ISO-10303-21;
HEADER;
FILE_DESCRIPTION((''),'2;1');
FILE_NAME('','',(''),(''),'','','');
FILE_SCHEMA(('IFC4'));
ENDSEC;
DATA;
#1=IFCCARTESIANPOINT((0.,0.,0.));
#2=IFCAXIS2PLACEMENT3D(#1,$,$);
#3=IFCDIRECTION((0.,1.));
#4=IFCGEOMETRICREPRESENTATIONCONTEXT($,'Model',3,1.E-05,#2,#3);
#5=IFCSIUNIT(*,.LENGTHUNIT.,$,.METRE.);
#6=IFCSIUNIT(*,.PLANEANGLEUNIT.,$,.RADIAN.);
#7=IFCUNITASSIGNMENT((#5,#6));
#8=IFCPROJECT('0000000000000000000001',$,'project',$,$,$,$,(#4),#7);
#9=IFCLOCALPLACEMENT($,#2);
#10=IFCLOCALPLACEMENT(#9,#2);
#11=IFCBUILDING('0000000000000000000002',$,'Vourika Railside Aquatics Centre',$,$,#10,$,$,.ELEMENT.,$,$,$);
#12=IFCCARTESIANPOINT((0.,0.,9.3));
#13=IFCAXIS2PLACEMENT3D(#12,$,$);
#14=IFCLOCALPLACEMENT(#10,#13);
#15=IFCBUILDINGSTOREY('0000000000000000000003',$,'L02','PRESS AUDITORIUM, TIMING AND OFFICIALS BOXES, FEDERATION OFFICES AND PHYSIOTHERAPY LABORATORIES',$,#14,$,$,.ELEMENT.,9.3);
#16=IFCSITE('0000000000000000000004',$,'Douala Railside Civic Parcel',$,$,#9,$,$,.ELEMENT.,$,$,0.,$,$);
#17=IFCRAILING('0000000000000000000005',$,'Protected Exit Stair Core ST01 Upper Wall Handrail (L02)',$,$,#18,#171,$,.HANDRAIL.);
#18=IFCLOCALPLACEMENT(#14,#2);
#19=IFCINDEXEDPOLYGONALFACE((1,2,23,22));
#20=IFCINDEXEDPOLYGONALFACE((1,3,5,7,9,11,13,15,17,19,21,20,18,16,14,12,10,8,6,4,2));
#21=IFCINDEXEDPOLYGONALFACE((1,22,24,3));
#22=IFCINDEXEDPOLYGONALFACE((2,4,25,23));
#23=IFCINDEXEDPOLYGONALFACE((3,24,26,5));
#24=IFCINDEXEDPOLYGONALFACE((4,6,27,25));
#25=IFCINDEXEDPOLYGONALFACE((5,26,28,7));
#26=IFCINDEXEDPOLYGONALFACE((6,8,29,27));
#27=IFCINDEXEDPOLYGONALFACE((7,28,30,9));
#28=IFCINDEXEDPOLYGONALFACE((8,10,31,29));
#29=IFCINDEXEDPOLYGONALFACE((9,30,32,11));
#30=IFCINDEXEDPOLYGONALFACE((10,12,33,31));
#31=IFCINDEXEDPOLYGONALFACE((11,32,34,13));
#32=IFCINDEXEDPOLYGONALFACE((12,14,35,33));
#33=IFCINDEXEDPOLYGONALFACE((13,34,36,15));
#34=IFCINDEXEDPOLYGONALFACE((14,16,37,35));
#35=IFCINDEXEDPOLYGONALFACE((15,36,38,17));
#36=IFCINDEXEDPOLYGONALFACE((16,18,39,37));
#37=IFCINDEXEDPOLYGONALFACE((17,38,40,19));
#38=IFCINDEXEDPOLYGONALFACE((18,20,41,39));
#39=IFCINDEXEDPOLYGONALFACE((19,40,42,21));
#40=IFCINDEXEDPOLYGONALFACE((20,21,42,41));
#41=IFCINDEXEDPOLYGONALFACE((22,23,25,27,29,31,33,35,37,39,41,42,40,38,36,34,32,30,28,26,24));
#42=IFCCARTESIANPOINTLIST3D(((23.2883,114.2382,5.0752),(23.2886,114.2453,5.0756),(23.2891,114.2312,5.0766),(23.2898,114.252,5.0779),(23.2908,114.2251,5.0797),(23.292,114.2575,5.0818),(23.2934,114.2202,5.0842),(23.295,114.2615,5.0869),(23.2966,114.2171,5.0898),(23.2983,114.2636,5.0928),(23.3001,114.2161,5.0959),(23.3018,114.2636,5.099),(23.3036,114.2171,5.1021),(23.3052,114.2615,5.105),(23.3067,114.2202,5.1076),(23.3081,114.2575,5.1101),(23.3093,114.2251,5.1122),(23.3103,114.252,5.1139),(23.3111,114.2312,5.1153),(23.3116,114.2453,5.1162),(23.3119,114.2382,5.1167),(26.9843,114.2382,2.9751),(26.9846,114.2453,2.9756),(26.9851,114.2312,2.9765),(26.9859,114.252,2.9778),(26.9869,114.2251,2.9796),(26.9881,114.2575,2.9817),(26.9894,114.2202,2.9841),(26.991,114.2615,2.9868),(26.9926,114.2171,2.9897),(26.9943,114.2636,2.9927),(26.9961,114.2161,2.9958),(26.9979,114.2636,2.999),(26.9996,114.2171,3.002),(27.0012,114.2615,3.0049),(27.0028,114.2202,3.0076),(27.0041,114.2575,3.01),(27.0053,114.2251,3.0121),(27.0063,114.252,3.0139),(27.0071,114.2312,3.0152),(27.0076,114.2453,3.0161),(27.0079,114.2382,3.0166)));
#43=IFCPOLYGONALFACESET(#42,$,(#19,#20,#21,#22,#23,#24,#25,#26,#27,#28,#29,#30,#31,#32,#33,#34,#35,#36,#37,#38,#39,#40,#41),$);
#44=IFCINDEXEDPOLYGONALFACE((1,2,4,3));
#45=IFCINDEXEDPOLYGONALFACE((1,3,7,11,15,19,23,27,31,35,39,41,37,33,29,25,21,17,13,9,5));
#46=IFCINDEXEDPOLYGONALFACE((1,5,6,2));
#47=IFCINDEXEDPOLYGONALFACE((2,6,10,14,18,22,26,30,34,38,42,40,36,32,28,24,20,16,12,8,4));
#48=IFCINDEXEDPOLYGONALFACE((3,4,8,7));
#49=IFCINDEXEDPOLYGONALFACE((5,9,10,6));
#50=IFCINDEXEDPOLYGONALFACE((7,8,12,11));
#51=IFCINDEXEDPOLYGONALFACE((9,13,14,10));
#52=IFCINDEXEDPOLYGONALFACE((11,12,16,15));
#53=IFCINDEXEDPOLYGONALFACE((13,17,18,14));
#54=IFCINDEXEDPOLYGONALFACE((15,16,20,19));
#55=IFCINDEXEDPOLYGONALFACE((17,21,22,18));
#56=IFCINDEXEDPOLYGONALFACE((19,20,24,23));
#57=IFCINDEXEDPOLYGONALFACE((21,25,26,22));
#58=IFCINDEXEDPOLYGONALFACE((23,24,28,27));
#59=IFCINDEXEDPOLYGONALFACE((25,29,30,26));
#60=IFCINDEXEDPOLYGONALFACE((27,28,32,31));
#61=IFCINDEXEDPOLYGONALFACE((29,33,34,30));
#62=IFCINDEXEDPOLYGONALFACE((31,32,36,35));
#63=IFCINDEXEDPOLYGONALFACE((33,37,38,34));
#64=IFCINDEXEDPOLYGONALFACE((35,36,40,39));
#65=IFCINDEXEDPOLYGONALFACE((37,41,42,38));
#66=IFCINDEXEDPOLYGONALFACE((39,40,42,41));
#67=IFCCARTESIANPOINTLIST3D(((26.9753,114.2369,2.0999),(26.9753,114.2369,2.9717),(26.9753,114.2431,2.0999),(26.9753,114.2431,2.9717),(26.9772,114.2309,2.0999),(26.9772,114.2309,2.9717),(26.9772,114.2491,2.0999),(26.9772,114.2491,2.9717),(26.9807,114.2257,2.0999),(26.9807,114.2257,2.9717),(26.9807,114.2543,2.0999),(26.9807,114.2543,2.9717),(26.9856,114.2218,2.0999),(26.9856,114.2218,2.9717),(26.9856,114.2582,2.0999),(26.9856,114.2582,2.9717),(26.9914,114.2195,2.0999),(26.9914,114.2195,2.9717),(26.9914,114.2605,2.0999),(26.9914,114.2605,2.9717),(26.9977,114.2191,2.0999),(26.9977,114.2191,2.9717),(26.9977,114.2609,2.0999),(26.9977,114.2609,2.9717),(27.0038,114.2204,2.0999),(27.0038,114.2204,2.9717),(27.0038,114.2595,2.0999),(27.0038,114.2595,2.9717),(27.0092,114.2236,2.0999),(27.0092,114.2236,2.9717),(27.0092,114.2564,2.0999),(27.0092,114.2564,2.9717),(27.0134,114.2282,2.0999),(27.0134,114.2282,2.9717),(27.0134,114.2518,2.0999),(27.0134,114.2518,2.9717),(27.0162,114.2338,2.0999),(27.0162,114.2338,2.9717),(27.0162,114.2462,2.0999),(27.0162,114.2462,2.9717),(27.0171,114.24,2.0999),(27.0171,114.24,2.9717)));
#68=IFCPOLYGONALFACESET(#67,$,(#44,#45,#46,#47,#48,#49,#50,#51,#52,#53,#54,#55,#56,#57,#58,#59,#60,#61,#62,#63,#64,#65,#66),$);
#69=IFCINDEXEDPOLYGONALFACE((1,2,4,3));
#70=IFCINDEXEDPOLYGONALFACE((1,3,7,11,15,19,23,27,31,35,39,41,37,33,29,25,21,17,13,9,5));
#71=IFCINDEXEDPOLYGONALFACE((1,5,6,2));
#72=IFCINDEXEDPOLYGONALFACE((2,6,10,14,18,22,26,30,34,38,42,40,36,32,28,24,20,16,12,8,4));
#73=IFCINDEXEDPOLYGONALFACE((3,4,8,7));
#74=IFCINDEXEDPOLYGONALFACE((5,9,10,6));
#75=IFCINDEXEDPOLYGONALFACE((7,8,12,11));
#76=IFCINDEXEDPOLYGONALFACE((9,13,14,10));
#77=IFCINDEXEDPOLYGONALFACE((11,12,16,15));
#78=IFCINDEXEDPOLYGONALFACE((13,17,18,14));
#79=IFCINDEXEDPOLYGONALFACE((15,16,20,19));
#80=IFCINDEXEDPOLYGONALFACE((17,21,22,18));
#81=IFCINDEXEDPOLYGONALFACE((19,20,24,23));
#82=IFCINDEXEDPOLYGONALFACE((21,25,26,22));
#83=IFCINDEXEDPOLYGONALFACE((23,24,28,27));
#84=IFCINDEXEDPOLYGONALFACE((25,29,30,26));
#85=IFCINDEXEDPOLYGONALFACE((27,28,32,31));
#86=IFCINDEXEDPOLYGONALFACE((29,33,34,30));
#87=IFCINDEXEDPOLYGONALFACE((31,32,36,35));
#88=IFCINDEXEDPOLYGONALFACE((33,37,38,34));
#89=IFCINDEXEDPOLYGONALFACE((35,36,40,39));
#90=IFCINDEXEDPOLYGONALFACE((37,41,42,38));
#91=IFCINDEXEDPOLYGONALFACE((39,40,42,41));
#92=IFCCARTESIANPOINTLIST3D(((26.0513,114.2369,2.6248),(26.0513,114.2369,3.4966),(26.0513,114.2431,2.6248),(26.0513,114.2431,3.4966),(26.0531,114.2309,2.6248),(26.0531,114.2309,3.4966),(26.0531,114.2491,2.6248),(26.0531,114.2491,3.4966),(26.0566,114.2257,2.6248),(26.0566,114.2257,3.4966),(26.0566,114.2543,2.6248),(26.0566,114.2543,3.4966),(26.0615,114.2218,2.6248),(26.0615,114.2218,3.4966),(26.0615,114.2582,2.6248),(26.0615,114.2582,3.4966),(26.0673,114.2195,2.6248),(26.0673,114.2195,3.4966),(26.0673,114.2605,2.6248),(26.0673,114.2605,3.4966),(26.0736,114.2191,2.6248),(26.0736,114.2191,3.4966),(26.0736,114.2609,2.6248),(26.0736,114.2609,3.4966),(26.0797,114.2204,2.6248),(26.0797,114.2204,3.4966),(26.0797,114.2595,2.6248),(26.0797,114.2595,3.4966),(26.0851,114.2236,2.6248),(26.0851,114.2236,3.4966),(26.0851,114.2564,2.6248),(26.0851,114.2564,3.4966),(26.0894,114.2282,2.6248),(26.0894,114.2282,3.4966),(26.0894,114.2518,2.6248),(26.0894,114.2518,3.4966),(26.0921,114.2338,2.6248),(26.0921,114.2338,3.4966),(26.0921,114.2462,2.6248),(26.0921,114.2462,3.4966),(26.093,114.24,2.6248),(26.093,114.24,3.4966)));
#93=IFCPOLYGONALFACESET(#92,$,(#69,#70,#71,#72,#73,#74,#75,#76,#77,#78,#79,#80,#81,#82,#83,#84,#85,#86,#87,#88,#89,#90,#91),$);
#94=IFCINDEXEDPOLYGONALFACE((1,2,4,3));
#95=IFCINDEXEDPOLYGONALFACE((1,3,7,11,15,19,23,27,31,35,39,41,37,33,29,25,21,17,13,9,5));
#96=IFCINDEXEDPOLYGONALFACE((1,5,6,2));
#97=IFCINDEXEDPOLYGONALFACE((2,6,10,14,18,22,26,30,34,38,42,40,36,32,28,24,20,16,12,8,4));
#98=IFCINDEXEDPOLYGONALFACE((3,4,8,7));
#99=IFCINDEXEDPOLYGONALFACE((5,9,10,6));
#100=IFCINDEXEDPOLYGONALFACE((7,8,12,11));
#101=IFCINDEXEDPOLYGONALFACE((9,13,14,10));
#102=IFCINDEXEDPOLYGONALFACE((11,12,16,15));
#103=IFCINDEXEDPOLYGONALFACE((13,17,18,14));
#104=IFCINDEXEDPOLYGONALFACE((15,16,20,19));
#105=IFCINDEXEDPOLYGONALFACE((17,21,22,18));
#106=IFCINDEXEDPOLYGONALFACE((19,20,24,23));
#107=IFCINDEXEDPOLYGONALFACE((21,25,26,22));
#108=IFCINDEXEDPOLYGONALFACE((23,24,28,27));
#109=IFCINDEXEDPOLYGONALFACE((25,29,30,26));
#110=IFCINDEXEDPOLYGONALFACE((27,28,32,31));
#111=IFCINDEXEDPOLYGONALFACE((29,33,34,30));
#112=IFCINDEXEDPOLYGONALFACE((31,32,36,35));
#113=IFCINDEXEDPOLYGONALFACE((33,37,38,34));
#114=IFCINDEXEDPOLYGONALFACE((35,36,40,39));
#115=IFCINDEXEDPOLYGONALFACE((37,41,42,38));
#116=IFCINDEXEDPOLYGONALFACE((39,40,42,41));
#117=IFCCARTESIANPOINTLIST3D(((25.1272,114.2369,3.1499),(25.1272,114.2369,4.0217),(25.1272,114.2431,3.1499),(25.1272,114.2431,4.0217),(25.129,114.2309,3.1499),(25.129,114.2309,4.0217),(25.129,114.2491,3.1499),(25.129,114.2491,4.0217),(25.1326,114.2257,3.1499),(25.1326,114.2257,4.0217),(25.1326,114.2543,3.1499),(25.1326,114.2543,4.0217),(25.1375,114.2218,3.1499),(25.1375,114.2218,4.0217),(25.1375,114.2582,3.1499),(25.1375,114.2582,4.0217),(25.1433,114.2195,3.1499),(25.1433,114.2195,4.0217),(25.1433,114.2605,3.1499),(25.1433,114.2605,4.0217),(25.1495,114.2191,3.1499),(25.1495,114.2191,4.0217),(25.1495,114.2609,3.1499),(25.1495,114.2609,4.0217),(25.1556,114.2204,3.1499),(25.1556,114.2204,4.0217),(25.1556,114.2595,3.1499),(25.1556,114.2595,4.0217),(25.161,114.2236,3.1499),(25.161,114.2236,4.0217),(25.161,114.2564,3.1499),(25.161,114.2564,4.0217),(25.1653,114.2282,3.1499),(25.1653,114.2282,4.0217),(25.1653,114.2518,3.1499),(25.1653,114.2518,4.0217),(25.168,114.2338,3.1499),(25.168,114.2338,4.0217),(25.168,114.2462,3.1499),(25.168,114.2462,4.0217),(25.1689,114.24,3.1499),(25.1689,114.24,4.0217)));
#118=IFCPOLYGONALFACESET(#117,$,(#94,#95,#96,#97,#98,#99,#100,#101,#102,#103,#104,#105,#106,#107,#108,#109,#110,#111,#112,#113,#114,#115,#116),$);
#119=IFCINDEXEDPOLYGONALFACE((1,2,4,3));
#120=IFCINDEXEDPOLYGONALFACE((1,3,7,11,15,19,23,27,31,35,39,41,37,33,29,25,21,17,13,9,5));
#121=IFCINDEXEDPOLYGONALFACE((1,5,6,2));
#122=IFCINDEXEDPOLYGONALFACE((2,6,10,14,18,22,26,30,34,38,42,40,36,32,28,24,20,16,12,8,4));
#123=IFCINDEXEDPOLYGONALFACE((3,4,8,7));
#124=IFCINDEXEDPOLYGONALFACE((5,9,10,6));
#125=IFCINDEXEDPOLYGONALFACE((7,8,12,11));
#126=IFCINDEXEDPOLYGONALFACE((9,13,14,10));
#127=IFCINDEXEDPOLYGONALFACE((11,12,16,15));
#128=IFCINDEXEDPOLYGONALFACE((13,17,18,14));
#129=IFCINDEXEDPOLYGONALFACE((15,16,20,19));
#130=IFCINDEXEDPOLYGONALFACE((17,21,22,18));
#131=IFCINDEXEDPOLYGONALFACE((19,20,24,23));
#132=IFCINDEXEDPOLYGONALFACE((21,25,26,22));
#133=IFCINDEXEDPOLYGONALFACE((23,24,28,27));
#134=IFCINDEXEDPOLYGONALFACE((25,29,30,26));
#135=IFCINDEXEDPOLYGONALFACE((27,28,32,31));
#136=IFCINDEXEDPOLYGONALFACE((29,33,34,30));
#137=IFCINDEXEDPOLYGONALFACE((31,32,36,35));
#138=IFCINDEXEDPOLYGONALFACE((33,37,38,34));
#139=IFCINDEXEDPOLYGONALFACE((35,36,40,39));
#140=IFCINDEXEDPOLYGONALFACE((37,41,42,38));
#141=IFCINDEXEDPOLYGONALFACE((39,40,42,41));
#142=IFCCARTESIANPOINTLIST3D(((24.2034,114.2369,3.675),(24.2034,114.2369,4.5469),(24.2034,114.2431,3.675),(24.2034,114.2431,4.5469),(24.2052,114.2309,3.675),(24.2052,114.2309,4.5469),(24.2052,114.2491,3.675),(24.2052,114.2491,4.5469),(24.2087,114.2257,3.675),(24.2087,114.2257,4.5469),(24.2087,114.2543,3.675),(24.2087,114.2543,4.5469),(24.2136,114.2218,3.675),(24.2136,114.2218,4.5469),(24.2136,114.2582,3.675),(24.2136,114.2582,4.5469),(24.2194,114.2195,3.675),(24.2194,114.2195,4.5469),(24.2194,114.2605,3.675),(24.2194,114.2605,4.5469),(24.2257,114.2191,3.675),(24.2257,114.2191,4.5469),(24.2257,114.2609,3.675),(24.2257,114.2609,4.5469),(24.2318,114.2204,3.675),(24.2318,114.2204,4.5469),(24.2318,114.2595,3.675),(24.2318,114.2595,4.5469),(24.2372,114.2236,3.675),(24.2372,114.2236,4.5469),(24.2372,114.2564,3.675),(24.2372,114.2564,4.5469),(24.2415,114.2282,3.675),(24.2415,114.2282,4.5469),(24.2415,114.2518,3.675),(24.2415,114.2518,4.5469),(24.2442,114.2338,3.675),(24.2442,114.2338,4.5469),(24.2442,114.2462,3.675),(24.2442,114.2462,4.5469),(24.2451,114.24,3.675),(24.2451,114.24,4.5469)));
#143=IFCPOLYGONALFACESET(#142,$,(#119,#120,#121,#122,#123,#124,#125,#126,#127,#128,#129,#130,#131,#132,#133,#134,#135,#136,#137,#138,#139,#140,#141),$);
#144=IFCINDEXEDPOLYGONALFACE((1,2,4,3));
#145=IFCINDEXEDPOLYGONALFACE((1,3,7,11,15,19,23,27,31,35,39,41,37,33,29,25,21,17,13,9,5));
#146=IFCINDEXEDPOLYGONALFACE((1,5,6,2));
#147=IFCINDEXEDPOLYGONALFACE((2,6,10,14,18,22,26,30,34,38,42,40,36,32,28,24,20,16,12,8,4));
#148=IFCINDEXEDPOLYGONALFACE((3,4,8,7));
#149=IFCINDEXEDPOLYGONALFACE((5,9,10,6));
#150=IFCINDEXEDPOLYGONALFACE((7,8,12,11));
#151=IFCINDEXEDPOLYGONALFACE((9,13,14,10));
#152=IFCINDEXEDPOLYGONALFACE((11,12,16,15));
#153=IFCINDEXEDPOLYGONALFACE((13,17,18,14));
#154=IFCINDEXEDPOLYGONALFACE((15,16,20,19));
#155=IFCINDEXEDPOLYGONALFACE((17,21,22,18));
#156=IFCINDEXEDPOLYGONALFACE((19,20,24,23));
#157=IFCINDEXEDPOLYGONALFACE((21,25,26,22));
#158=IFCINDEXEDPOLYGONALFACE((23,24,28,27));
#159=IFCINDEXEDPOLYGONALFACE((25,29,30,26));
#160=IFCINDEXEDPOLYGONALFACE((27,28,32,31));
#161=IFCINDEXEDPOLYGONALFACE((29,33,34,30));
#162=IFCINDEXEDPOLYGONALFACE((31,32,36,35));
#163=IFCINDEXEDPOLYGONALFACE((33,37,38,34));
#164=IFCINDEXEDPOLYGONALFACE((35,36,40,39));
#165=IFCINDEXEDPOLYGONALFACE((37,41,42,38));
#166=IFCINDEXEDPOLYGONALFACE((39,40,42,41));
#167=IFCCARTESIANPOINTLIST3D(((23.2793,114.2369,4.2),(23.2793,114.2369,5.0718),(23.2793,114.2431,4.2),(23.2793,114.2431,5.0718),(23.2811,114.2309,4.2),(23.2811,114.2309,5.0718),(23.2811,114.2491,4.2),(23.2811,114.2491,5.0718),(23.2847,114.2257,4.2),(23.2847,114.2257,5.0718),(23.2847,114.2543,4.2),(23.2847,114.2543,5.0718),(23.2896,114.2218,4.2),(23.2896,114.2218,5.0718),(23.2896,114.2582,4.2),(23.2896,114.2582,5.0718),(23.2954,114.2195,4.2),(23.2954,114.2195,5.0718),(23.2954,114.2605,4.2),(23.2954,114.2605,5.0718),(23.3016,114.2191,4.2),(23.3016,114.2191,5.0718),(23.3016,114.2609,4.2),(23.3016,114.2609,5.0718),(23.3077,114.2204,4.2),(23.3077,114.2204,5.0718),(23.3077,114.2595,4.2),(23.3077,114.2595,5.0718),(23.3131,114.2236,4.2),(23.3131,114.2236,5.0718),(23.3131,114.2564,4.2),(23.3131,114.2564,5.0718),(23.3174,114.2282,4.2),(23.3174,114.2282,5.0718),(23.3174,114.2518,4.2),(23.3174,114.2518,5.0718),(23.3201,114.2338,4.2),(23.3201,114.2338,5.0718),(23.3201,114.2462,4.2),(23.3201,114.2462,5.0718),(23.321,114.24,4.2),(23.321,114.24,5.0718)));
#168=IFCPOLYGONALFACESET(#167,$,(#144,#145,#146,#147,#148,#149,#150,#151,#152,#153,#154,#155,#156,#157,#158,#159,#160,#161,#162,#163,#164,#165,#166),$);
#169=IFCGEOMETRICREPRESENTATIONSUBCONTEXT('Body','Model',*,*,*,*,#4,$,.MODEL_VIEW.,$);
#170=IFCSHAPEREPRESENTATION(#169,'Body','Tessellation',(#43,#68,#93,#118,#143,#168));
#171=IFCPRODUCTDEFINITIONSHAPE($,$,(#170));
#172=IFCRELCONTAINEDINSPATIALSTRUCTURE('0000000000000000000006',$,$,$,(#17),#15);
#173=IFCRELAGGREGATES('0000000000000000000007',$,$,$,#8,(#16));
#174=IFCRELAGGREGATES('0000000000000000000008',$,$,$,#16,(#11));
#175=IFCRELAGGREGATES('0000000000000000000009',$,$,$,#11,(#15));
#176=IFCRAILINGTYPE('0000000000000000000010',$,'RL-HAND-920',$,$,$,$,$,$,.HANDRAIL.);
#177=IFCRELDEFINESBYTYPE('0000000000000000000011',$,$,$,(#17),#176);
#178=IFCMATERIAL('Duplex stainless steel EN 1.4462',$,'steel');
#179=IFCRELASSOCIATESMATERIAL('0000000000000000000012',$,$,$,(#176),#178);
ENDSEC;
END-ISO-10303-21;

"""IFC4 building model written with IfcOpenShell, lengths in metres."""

from ifc_helpers import new_model, si_unit, direction, frame, origin, origin_2d, place, context, subcontext, project, spatial, circle, extrude, material, type_object, element, save


model = new_model("IFC4")

# Units and contexts
model_context = context("Model", 3, precision=1e-05, world=origin(), true_north=direction((0.0, 1.0)))
body_context = subcontext(model_context, "Body", "Model", "MODEL_VIEW")
ifc_project = project(units=[si_unit("LENGTHUNIT", "METRE"), si_unit("PLANEANGLEUNIT", "RADIAN")], contexts=[model_context])

# Site, building, storey
site_placement = place(None, origin())
site = spatial("IfcSite", under=ifc_project, at=site_placement, Name="Douala Railside Civic Parcel", CompositionType="ELEMENT", RefElevation=0.0)
building_placement = place(site_placement, origin())
building = spatial("IfcBuilding", under=site, at=building_placement, Name="Vourika Railside Aquatics Centre", CompositionType="ELEMENT")
storey_placement = place(building_placement, frame((0.0, 0.0, 9.3)))
storey = spatial("IfcBuildingStorey", under=building, at=storey_placement, Name="L02", Description="PRESS AUDITORIUM, TIMING AND OFFICIALS BOXES, FEDERATION OFFICES AND PHYSIOTHERAPY LABORATORIES", CompositionType="ELEMENT", Elevation=9.3)

# Railing
ifc_material_1 = material(Name="Duplex stainless steel EN 1.4462", Category="steel")
railing_type = type_object("IfcRailingType", Name="RL-HAND-920", PredefinedType="HANDRAIL", material=ifc_material_1)
railing_placement = place(storey_placement, frame((26.9961, 114.24, 2.0999)))
element("IfcRailing", 1, at=railing_placement, inside=storey, type_object=railing_type, Name="Protected Exit Stair Core ST01 Upper Wall Handrail (L02)", PredefinedType="HANDRAIL", context=body_context, shape_type="SweptSolid", body=[
    extrude(circle(Radius=0.0239, at=origin_2d()), frame((0.0, 0.0, 0.896), z_axis=(-0.869449, 0.0, 0.494022), x_axis=(0.0, -1.0, 0.0)), (0.0, 0.0, 1.0), 4.251),
    extrude(circle(Radius=0.021, at=origin_2d()), origin(), (0.0, 0.0, 1.0), 0.8718),
    extrude(circle(Radius=0.021, at=origin_2d()), frame((-0.9241, 0.0, 0.5249)), (0.0, 0.0, 1.0), 0.8718),
    extrude(circle(Radius=0.021, at=origin_2d()), frame((-1.8481, 0.0, 1.05)), (0.0, 0.0, 1.0), 0.8718),
    extrude(circle(Radius=0.021, at=origin_2d()), frame((-2.772, 0.0, 1.5752)), (0.0, 0.0, 1.0), 0.8718),
    extrude(circle(Radius=0.021, at=origin_2d()), frame((-3.696, 0.0, 2.1001)), (0.0, 0.0, 1.0), 0.8718),
])

save(model, "model.ifc")
